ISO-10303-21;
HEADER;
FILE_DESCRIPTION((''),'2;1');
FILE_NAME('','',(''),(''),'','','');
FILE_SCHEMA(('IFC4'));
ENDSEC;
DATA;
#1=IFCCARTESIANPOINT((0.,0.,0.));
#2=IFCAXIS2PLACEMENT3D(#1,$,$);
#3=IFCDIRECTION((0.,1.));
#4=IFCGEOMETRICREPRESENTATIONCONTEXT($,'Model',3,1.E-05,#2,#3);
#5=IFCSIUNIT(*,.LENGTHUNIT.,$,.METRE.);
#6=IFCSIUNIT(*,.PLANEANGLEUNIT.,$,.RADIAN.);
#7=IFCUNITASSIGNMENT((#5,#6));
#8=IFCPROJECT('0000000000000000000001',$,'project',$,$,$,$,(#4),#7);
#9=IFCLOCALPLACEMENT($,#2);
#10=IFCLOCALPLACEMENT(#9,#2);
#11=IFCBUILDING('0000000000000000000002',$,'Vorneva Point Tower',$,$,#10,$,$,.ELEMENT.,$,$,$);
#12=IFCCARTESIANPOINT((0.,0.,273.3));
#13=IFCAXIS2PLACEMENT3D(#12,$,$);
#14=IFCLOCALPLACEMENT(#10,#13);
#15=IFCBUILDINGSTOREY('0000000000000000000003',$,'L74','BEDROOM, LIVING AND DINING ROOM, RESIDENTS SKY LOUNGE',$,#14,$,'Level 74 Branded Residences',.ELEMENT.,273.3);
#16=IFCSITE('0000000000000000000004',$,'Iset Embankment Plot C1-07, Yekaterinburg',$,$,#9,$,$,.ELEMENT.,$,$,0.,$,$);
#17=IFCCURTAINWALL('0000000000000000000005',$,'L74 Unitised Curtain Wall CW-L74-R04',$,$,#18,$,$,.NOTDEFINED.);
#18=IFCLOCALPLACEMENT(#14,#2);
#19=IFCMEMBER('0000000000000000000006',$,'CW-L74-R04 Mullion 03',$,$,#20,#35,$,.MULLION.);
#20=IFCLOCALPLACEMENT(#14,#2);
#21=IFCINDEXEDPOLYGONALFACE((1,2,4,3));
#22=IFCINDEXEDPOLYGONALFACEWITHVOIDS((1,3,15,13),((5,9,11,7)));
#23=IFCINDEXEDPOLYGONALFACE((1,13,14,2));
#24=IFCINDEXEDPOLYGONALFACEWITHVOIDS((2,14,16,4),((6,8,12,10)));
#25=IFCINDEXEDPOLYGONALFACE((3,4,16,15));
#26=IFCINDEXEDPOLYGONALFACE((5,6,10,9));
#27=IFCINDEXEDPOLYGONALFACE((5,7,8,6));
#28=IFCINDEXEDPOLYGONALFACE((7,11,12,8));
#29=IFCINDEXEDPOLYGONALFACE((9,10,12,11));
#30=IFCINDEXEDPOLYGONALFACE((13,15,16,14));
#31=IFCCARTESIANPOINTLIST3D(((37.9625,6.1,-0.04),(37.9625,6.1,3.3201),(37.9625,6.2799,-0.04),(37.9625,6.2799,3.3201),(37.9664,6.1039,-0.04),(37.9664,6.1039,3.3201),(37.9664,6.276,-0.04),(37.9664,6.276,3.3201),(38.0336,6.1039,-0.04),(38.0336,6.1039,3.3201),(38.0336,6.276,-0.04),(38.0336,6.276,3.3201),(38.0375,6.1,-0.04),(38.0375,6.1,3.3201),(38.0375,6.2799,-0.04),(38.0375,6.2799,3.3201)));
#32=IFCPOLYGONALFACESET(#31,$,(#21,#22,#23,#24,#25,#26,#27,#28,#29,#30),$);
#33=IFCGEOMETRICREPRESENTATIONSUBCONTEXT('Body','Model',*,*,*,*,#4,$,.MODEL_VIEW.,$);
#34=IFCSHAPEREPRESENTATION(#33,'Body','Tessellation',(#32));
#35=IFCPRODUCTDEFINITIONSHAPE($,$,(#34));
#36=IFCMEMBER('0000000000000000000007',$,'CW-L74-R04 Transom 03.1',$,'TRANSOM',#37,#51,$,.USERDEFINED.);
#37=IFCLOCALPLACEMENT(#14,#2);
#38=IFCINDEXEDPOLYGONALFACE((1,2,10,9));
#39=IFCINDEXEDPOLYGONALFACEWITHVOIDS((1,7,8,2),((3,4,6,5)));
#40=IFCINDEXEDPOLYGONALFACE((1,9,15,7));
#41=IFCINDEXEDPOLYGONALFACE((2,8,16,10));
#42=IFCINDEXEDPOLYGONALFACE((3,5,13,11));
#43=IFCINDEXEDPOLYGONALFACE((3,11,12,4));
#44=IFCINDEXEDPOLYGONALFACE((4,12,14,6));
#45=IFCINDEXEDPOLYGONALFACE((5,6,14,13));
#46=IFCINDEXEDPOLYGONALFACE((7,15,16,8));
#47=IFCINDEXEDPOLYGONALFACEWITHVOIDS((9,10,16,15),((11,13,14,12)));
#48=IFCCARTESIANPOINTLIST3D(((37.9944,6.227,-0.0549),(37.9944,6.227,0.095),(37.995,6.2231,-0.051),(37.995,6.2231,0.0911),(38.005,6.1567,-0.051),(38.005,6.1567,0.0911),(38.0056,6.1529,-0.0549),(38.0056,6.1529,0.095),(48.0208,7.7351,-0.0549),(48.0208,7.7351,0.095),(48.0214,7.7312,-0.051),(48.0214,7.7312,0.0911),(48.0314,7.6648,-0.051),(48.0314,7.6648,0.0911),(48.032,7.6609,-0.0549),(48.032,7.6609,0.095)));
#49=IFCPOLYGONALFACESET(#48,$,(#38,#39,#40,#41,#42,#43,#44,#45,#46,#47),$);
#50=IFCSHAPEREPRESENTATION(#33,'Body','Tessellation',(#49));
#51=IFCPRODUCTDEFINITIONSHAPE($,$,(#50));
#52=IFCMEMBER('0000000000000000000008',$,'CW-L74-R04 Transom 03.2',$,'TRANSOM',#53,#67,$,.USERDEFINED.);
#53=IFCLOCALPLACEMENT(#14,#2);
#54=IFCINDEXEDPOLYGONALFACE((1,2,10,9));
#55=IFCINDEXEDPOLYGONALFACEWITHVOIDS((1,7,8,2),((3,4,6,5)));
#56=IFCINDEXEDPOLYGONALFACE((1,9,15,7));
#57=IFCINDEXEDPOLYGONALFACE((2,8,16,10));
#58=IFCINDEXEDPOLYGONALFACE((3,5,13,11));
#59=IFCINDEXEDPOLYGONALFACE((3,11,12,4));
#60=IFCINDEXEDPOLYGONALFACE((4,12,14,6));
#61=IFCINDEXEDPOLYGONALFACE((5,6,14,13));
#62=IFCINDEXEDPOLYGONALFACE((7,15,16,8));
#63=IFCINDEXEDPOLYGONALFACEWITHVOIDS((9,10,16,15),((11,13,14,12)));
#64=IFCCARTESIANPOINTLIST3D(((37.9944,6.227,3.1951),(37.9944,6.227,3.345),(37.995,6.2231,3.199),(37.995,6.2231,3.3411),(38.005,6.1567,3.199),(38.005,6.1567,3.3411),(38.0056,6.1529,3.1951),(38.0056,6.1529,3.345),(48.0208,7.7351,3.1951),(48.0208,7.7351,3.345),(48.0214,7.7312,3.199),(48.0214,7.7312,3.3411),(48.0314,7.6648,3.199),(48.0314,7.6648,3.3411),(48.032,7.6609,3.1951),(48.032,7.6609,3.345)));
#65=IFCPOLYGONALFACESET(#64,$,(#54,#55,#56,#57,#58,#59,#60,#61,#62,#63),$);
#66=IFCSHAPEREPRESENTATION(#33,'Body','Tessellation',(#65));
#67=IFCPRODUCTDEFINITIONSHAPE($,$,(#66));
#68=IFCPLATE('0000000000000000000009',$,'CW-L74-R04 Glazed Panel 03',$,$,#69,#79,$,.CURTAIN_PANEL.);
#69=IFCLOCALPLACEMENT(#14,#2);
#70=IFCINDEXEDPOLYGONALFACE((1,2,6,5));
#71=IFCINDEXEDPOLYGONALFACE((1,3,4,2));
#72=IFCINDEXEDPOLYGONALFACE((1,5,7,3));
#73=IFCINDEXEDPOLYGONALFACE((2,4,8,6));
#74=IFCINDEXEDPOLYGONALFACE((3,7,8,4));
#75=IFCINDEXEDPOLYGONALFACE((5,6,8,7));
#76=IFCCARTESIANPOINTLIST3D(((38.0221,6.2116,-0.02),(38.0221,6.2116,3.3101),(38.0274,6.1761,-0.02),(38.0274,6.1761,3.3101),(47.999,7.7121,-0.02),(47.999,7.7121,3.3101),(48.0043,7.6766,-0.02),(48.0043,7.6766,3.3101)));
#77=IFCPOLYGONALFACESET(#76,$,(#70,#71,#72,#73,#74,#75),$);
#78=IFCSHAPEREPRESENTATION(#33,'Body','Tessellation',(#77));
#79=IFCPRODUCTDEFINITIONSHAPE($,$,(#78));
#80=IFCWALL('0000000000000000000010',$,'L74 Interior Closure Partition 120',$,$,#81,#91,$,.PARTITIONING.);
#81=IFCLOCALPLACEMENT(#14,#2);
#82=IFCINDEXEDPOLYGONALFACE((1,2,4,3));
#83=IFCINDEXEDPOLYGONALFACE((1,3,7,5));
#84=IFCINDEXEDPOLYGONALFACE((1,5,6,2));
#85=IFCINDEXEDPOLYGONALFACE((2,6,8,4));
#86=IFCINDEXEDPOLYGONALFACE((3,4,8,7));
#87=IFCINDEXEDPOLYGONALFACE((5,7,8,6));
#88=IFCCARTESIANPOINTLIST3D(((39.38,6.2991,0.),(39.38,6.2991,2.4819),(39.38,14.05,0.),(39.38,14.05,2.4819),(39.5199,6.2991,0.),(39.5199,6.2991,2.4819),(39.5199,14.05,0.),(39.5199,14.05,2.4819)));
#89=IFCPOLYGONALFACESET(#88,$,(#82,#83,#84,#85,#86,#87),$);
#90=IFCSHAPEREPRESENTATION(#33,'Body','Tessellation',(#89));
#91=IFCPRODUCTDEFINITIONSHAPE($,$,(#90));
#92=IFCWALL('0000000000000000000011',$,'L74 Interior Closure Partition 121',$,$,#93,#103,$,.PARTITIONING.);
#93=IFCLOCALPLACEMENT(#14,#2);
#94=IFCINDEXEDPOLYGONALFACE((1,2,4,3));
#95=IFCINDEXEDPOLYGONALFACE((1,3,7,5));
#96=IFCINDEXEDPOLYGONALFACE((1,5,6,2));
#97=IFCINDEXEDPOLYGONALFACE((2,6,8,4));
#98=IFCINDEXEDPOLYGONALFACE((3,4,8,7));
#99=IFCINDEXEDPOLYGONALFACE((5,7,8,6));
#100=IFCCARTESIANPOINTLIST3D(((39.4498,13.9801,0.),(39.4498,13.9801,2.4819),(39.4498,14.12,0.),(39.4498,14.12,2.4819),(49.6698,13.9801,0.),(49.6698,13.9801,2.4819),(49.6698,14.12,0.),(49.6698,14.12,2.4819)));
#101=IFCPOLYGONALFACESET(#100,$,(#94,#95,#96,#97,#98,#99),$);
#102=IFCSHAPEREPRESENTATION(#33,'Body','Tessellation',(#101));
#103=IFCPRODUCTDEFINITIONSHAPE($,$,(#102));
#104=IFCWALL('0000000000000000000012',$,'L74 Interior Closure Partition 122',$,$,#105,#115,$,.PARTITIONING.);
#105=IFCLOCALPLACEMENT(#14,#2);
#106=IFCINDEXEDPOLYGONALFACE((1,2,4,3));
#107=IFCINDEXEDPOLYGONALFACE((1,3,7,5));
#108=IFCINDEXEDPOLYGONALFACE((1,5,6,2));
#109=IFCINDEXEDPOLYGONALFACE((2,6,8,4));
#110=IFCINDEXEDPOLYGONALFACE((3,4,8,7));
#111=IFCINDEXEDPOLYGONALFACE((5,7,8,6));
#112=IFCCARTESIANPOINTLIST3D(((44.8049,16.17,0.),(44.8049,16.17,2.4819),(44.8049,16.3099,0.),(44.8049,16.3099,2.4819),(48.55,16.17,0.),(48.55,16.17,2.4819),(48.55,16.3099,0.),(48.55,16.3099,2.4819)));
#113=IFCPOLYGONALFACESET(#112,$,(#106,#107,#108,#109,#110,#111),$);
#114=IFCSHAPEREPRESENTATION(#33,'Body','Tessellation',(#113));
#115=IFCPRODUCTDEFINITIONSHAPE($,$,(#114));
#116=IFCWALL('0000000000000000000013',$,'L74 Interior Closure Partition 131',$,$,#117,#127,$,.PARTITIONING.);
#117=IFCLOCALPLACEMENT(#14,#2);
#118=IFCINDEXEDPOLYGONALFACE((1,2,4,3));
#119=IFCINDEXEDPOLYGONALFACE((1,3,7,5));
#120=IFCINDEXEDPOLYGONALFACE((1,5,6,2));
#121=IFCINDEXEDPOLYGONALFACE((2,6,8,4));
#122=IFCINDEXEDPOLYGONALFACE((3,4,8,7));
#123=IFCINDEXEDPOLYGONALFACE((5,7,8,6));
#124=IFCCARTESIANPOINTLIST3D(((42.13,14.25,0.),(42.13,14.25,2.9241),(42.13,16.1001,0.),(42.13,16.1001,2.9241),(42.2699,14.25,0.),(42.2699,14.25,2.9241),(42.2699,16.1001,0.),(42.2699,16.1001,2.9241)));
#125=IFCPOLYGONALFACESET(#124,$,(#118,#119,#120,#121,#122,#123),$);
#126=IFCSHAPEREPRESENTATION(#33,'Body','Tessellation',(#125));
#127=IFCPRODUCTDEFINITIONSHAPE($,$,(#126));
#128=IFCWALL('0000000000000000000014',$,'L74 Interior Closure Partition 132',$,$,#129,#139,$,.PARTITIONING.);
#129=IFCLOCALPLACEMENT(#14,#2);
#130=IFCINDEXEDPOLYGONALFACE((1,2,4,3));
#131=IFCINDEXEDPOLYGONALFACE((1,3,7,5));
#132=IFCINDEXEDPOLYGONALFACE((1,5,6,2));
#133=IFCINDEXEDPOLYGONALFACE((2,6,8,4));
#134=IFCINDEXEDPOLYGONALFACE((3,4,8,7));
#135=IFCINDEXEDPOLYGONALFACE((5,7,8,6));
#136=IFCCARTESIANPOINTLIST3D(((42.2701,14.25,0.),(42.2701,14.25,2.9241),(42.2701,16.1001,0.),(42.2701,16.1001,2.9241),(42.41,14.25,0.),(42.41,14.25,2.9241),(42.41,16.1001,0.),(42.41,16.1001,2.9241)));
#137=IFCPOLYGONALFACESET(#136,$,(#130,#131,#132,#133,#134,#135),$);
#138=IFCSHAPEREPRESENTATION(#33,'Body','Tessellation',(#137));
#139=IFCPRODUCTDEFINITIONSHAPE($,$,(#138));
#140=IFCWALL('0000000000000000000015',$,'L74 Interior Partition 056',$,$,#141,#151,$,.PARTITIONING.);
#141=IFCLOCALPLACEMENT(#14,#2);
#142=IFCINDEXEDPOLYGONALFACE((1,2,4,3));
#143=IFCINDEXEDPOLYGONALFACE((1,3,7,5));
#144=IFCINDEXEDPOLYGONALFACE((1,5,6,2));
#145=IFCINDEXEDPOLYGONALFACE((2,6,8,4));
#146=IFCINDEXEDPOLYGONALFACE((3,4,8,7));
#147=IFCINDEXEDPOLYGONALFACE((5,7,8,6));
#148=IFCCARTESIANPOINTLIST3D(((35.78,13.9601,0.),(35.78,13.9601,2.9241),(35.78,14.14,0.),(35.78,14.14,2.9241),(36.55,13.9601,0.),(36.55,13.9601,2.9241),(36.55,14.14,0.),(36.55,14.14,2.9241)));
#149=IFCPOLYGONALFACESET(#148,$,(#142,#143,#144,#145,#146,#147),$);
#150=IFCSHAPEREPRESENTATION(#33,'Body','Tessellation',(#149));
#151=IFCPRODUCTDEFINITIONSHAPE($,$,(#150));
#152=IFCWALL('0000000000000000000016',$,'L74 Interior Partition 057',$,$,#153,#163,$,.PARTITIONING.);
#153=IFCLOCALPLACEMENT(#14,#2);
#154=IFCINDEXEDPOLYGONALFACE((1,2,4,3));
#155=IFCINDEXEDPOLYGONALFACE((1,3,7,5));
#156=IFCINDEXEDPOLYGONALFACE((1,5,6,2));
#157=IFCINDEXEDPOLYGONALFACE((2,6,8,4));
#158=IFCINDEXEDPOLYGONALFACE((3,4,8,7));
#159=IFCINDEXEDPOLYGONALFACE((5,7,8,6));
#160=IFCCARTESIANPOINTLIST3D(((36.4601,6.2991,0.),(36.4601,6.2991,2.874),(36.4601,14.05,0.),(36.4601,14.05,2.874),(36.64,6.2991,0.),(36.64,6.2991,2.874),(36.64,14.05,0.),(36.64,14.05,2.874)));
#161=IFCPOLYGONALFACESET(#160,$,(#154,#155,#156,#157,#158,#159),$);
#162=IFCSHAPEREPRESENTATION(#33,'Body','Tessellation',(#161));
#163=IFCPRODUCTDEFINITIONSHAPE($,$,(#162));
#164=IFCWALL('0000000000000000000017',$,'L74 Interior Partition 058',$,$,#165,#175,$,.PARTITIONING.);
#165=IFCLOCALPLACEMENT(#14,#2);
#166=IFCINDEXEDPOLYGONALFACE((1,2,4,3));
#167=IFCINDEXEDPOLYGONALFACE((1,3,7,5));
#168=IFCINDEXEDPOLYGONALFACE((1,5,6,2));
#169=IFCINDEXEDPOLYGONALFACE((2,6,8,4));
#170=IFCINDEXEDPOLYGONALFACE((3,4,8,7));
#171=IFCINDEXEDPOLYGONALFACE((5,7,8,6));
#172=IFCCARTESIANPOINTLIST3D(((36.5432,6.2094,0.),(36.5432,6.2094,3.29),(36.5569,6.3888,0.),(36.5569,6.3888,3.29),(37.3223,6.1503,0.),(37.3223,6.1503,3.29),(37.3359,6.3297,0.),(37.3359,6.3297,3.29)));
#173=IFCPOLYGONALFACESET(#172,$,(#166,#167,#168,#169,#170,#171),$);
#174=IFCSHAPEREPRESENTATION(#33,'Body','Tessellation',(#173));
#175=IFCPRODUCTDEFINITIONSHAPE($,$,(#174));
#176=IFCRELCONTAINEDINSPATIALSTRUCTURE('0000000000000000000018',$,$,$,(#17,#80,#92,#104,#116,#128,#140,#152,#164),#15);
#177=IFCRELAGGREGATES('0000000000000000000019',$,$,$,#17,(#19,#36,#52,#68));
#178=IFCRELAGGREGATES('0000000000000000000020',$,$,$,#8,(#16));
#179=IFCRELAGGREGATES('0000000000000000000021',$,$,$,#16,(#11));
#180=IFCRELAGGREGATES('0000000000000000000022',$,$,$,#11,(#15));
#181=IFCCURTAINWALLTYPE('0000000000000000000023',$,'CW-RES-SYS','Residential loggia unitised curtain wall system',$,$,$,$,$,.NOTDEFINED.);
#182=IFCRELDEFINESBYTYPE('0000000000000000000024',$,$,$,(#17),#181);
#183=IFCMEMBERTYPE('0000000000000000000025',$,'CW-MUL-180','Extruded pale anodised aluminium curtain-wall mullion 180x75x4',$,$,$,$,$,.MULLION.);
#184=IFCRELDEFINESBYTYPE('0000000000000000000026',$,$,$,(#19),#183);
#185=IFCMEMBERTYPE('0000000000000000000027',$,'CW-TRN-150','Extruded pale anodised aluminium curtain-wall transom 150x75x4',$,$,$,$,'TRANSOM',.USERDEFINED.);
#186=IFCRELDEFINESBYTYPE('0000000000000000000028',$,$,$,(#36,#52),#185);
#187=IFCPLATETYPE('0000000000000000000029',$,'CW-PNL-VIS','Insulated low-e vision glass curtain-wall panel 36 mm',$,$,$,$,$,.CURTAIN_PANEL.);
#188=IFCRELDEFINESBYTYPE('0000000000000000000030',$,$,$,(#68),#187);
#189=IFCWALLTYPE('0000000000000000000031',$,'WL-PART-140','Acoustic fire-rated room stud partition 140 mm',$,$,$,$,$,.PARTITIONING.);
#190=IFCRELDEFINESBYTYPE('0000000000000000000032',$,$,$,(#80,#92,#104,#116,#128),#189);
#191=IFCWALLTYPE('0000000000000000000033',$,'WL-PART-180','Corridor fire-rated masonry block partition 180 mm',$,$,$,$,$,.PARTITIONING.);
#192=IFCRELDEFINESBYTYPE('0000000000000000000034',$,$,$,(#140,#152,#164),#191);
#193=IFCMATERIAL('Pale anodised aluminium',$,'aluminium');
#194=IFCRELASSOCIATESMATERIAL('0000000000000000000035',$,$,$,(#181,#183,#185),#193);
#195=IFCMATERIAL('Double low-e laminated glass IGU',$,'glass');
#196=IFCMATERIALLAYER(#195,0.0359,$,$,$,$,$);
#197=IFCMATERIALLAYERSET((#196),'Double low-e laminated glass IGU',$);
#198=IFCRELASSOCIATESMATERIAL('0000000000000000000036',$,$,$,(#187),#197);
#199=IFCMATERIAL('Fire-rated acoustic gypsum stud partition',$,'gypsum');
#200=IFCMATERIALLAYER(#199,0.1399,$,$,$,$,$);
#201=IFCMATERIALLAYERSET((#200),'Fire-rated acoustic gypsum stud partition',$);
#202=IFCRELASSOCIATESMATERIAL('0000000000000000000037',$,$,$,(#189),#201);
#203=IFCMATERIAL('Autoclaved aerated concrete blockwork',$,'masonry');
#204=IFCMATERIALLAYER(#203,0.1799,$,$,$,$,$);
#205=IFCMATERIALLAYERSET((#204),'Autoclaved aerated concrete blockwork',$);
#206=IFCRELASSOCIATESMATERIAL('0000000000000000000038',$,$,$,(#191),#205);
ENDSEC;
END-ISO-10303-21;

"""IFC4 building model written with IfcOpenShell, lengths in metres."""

from ifc_helpers import new_model, si_unit, direction, frame, frame_2d, origin, origin_2d, place, context, subcontext, project, spatial, rectangle, hollow_rectangle, extrude, material, layer, layer_set, material_profile, profile_set, type_object, element, aggregate, save


model = new_model("IFC4")

# Units and contexts
model_context = context("Model", 3, precision=1e-05, world=origin(), true_north=direction((0.0, 1.0)))
body_context = subcontext(model_context, "Body", "Model", "MODEL_VIEW")
ifc_project = project(units=[si_unit("LENGTHUNIT", "METRE"), si_unit("PLANEANGLEUNIT", "RADIAN")], contexts=[model_context])

# Site, building, storey
site_placement = place(None, origin())
site = spatial("IfcSite", under=ifc_project, at=site_placement, Name="Iset Embankment Plot C1-07, Yekaterinburg", CompositionType="ELEMENT", RefElevation=0.0)
building_placement = place(site_placement, origin())
building = spatial("IfcBuilding", under=site, at=building_placement, Name="Vorneva Point Tower", CompositionType="ELEMENT")
storey_placement = place(building_placement, frame((0.0, 0.0, 273.3)))
storey = spatial("IfcBuildingStorey", under=building, at=storey_placement, Name="L74", Description="BEDROOM, LIVING AND DINING ROOM, RESIDENTS SKY LOUNGE", LongName="Level 74 Branded Residences", CompositionType="ELEMENT", Elevation=273.3)

# Curtain wall, members, plate
ifc_material_1 = material(Name="Pale anodised aluminium", Category="aluminium")
curtain_wall_type = type_object("IfcCurtainWallType", Name="CW-RES-SYS", Description="Residential loggia unitised curtain wall system", PredefinedType="NOTDEFINED", material=ifc_material_1)
curtain_wall_placement = place(storey_placement, origin())
curtain_wall = element("IfcCurtainWall", 1, at=curtain_wall_placement, inside=storey, type_object=curtain_wall_type, Name="L74 Unitised Curtain Wall CW-L74-R04", PredefinedType="NOTDEFINED")
ifc_material_profile_1 = material_profile(ifc_material_1, hollow_rectangle(XDim=0.075, YDim=0.1799, WallThickness=0.0039, at=origin_2d()), Name="AL-MUL 180x75x4")
ifc_profile_set_1 = profile_set([ifc_material_profile_1], Name="Pale anodised aluminium")
member_type_1 = type_object("IfcMemberType", Name="CW-MUL-180", Description="Extruded pale anodised aluminium curtain-wall mullion 180x75x4", PredefinedType="MULLION", material=ifc_profile_set_1)
member_1_placement = place(storey_placement, frame((38.0, 6.1899, -0.04), z_axis=(0.0, 0.0, 1.0), x_axis=(1.0, 0.0, 0.0)))
member_1 = element("IfcMember", 2, at=member_1_placement, type_object=member_type_1, Name="CW-L74-R04 Mullion 03", PredefinedType="MULLION", context=body_context, shape_type="SweptSolid", body=[
    extrude(hollow_rectangle(XDim=0.075, YDim=0.1799, WallThickness=0.0039, at=origin_2d()), origin(), (0.0, 0.0, 1.0), 3.3601),
])
ifc_material_profile_2 = material_profile(ifc_material_1, hollow_rectangle(XDim=0.075, YDim=0.1499, WallThickness=0.0039, at=origin_2d()), Name="AL-TRN 150x75x4")
ifc_profile_set_2 = profile_set([ifc_material_profile_2], Name="Pale anodised aluminium")
member_type_2 = type_object("IfcMemberType", Name="CW-TRN-150", Description="Extruded pale anodised aluminium curtain-wall transom 150x75x4", ElementType="TRANSOM", PredefinedType="USERDEFINED", material=ifc_profile_set_2)
member_2_placement = place(storey_placement, frame((38.0, 6.1899, 0.02), z_axis=(0.988877, 0.148736, 0.0), x_axis=(-0.148736, 0.988877, 0.0)))
member_2 = element("IfcMember", 3, at=member_2_placement, type_object=member_type_2, Name="CW-L74-R04 Transom 03.1", ObjectType="TRANSOM", PredefinedType="USERDEFINED", context=body_context, shape_type="SweptSolid", body=[
    extrude(hollow_rectangle(XDim=0.075, YDim=0.1499, WallThickness=0.0039, at=origin_2d()), origin(), (0.0, 0.0, 1.0), 10.1392),
])
member_3_placement = place(storey_placement, frame((38.0, 6.1899, 3.27), z_axis=(0.988877, 0.148736, 0.0), x_axis=(-0.148736, 0.988877, 0.0)))
member_3 = element("IfcMember", 4, at=member_3_placement, type_object=member_type_2, Name="CW-L74-R04 Transom 03.2", ObjectType="TRANSOM", PredefinedType="USERDEFINED", context=body_context, shape_type="SweptSolid", body=[
    extrude(hollow_rectangle(XDim=0.075, YDim=0.1499, WallThickness=0.0039, at=origin_2d()), origin(), (0.0, 0.0, 1.0), 10.1392),
])
ifc_material_2 = material(Name="Double low-e laminated glass IGU", Category="glass")
ifc_layer_1 = layer(ifc_material_2, 0.0359)
ifc_layer_set_1 = layer_set([ifc_layer_1], Name="Double low-e laminated glass IGU")
plate_type = type_object("IfcPlateType", Name="CW-PNL-VIS", Description="Insulated low-e vision glass curtain-wall panel 36 mm", PredefinedType="CURTAIN_PANEL", material=ifc_layer_set_1)
plate_placement = place(storey_placement, frame((43.0132, 6.9441, -0.02), z_axis=(0.0, 0.0, 1.0), x_axis=(0.988879, 0.148724, 0.0)))
plate = element("IfcPlate", 5, at=plate_placement, type_object=plate_type, Name="CW-L74-R04 Glazed Panel 03", PredefinedType="CURTAIN_PANEL", context=body_context, shape_type="SweptSolid", body=[
    extrude(rectangle(XDim=10.0891, YDim=0.0359, at=origin_2d()), origin(), (0.0, 0.0, 1.0), 3.3301),
])
aggregate(curtain_wall, [member_1, member_2, member_3, plate])

# Walls
ifc_material_3 = material(Name="Fire-rated acoustic gypsum stud partition", Category="gypsum")
ifc_layer_2 = layer(ifc_material_3, 0.1399)
ifc_layer_set_2 = layer_set([ifc_layer_2], Name="Fire-rated acoustic gypsum stud partition")
wall_type_1 = type_object("IfcWallType", Name="WL-PART-140", Description="Acoustic fire-rated room stud partition 140 mm", PredefinedType="PARTITIONING", material=ifc_layer_set_2)
wall_1_placement = place(storey_placement, frame((39.45, 6.2991, 0.0), z_axis=(0.0, 0.0, 1.0), x_axis=(0.0, 1.0, 0.0)))
element("IfcWall", 6, at=wall_1_placement, inside=storey, type_object=wall_type_1, Name="L74 Interior Closure Partition 120", PredefinedType="PARTITIONING", context=body_context, shape_type="SweptSolid", body=[
    extrude(rectangle(XDim=7.751, YDim=0.1399, at=frame_2d((3.8755, 0.0))), origin(), (0.0, 0.0, 1.0), 2.4819),
])
wall_2_placement = place(storey_placement, frame((39.45, 14.05, 0.0), z_axis=(0.0, 0.0, 1.0), x_axis=(1.0, 0.0, 0.0)))
element("IfcWall", 7, at=wall_2_placement, inside=storey, type_object=wall_type_1, Name="L74 Interior Closure Partition 121", PredefinedType="PARTITIONING", context=body_context, shape_type="SweptSolid", body=[
    extrude(rectangle(XDim=10.22, YDim=0.1399, at=frame_2d((5.1099, 0.0))), origin(), (0.0, 0.0, 1.0), 2.4819),
])
wall_3_placement = place(storey_placement, frame((44.8049, 16.24, 0.0), z_axis=(0.0, 0.0, 1.0), x_axis=(1.0, 0.0, 0.0)))
element("IfcWall", 8, at=wall_3_placement, inside=storey, type_object=wall_type_1, Name="L74 Interior Closure Partition 122", PredefinedType="PARTITIONING", context=body_context, shape_type="SweptSolid", body=[
    extrude(rectangle(XDim=3.7451, YDim=0.1399, at=frame_2d((1.8726, 0.0))), origin(), (0.0, 0.0, 1.0), 2.4819),
])
for number, where, z_axis, x_axis, name in (
    (9, (42.2, 16.1001, 0.0), (0.0, 0.0, 1.0), (0.0, -1.0, 0.0), "L74 Interior Closure Partition 131"),
    (10, (42.3401, 14.25, 0.0), (0.0, 0.0, 1.0), (0.0, 1.0, 0.0), "L74 Interior Closure Partition 132"),
):
    element("IfcWall", number, at=place(storey_placement, frame(where, z_axis=z_axis, x_axis=x_axis)), inside=storey, type_object=wall_type_1, Name=name, PredefinedType="PARTITIONING", context=body_context, shape_type="SweptSolid", body=[
        extrude(rectangle(XDim=1.8501, YDim=0.1399, at=frame_2d((0.925, 0.0))), origin(), (0.0, 0.0, 1.0), 2.9241),
    ])

# Shared definitions
ifc_material_4 = material(Name="Autoclaved aerated concrete blockwork", Category="masonry")
ifc_layer_3 = layer(ifc_material_4, 0.1799)
ifc_layer_set_3 = layer_set([ifc_layer_3], Name="Autoclaved aerated concrete blockwork")
wall_type_2 = type_object("IfcWallType", Name="WL-PART-180", Description="Corridor fire-rated masonry block partition 180 mm", PredefinedType="PARTITIONING", material=ifc_layer_set_3)

# Walls
wall_4_placement = place(storey_placement, frame((35.78, 14.05, 0.0), z_axis=(0.0, 0.0, 1.0), x_axis=(1.0, 0.0, 0.0)))
element("IfcWall", 11, at=wall_4_placement, inside=storey, type_object=wall_type_2, Name="L74 Interior Partition 056", PredefinedType="PARTITIONING", context=body_context, shape_type="SweptSolid", body=[
    extrude(rectangle(XDim=0.77, YDim=0.1799, at=frame_2d((0.385, 0.0))), origin(), (0.0, 0.0, 1.0), 2.9241),
])
wall_5_placement = place(storey_placement, frame((36.55, 14.05, 0.0), z_axis=(0.0, 0.0, 1.0), x_axis=(0.0, -1.0, 0.0)))
element("IfcWall", 12, at=wall_5_placement, inside=storey, type_object=wall_type_2, Name="L74 Interior Partition 057", PredefinedType="PARTITIONING", context=body_context, shape_type="SweptSolid", body=[
    extrude(rectangle(XDim=7.751, YDim=0.1799, at=frame_2d((3.8755, 0.0))), origin(), (0.0, 0.0, 1.0), 2.874),
])
wall_6_placement = place(storey_placement, frame((36.55, 6.2991, 0.0), z_axis=(0.0, 0.0, 1.0), x_axis=(0.997137, -0.075621, 0.0)))
element("IfcWall", 13, at=wall_6_placement, inside=storey, type_object=wall_type_2, Name="L74 Interior Partition 058", PredefinedType="PARTITIONING", context=body_context, shape_type="SweptSolid", body=[
    extrude(rectangle(XDim=0.7812, YDim=0.1799, at=frame_2d((0.3906, 0.0))), origin(), (0.0, 0.0, 1.0), 3.29),
])

save(model, "model.ifc")
